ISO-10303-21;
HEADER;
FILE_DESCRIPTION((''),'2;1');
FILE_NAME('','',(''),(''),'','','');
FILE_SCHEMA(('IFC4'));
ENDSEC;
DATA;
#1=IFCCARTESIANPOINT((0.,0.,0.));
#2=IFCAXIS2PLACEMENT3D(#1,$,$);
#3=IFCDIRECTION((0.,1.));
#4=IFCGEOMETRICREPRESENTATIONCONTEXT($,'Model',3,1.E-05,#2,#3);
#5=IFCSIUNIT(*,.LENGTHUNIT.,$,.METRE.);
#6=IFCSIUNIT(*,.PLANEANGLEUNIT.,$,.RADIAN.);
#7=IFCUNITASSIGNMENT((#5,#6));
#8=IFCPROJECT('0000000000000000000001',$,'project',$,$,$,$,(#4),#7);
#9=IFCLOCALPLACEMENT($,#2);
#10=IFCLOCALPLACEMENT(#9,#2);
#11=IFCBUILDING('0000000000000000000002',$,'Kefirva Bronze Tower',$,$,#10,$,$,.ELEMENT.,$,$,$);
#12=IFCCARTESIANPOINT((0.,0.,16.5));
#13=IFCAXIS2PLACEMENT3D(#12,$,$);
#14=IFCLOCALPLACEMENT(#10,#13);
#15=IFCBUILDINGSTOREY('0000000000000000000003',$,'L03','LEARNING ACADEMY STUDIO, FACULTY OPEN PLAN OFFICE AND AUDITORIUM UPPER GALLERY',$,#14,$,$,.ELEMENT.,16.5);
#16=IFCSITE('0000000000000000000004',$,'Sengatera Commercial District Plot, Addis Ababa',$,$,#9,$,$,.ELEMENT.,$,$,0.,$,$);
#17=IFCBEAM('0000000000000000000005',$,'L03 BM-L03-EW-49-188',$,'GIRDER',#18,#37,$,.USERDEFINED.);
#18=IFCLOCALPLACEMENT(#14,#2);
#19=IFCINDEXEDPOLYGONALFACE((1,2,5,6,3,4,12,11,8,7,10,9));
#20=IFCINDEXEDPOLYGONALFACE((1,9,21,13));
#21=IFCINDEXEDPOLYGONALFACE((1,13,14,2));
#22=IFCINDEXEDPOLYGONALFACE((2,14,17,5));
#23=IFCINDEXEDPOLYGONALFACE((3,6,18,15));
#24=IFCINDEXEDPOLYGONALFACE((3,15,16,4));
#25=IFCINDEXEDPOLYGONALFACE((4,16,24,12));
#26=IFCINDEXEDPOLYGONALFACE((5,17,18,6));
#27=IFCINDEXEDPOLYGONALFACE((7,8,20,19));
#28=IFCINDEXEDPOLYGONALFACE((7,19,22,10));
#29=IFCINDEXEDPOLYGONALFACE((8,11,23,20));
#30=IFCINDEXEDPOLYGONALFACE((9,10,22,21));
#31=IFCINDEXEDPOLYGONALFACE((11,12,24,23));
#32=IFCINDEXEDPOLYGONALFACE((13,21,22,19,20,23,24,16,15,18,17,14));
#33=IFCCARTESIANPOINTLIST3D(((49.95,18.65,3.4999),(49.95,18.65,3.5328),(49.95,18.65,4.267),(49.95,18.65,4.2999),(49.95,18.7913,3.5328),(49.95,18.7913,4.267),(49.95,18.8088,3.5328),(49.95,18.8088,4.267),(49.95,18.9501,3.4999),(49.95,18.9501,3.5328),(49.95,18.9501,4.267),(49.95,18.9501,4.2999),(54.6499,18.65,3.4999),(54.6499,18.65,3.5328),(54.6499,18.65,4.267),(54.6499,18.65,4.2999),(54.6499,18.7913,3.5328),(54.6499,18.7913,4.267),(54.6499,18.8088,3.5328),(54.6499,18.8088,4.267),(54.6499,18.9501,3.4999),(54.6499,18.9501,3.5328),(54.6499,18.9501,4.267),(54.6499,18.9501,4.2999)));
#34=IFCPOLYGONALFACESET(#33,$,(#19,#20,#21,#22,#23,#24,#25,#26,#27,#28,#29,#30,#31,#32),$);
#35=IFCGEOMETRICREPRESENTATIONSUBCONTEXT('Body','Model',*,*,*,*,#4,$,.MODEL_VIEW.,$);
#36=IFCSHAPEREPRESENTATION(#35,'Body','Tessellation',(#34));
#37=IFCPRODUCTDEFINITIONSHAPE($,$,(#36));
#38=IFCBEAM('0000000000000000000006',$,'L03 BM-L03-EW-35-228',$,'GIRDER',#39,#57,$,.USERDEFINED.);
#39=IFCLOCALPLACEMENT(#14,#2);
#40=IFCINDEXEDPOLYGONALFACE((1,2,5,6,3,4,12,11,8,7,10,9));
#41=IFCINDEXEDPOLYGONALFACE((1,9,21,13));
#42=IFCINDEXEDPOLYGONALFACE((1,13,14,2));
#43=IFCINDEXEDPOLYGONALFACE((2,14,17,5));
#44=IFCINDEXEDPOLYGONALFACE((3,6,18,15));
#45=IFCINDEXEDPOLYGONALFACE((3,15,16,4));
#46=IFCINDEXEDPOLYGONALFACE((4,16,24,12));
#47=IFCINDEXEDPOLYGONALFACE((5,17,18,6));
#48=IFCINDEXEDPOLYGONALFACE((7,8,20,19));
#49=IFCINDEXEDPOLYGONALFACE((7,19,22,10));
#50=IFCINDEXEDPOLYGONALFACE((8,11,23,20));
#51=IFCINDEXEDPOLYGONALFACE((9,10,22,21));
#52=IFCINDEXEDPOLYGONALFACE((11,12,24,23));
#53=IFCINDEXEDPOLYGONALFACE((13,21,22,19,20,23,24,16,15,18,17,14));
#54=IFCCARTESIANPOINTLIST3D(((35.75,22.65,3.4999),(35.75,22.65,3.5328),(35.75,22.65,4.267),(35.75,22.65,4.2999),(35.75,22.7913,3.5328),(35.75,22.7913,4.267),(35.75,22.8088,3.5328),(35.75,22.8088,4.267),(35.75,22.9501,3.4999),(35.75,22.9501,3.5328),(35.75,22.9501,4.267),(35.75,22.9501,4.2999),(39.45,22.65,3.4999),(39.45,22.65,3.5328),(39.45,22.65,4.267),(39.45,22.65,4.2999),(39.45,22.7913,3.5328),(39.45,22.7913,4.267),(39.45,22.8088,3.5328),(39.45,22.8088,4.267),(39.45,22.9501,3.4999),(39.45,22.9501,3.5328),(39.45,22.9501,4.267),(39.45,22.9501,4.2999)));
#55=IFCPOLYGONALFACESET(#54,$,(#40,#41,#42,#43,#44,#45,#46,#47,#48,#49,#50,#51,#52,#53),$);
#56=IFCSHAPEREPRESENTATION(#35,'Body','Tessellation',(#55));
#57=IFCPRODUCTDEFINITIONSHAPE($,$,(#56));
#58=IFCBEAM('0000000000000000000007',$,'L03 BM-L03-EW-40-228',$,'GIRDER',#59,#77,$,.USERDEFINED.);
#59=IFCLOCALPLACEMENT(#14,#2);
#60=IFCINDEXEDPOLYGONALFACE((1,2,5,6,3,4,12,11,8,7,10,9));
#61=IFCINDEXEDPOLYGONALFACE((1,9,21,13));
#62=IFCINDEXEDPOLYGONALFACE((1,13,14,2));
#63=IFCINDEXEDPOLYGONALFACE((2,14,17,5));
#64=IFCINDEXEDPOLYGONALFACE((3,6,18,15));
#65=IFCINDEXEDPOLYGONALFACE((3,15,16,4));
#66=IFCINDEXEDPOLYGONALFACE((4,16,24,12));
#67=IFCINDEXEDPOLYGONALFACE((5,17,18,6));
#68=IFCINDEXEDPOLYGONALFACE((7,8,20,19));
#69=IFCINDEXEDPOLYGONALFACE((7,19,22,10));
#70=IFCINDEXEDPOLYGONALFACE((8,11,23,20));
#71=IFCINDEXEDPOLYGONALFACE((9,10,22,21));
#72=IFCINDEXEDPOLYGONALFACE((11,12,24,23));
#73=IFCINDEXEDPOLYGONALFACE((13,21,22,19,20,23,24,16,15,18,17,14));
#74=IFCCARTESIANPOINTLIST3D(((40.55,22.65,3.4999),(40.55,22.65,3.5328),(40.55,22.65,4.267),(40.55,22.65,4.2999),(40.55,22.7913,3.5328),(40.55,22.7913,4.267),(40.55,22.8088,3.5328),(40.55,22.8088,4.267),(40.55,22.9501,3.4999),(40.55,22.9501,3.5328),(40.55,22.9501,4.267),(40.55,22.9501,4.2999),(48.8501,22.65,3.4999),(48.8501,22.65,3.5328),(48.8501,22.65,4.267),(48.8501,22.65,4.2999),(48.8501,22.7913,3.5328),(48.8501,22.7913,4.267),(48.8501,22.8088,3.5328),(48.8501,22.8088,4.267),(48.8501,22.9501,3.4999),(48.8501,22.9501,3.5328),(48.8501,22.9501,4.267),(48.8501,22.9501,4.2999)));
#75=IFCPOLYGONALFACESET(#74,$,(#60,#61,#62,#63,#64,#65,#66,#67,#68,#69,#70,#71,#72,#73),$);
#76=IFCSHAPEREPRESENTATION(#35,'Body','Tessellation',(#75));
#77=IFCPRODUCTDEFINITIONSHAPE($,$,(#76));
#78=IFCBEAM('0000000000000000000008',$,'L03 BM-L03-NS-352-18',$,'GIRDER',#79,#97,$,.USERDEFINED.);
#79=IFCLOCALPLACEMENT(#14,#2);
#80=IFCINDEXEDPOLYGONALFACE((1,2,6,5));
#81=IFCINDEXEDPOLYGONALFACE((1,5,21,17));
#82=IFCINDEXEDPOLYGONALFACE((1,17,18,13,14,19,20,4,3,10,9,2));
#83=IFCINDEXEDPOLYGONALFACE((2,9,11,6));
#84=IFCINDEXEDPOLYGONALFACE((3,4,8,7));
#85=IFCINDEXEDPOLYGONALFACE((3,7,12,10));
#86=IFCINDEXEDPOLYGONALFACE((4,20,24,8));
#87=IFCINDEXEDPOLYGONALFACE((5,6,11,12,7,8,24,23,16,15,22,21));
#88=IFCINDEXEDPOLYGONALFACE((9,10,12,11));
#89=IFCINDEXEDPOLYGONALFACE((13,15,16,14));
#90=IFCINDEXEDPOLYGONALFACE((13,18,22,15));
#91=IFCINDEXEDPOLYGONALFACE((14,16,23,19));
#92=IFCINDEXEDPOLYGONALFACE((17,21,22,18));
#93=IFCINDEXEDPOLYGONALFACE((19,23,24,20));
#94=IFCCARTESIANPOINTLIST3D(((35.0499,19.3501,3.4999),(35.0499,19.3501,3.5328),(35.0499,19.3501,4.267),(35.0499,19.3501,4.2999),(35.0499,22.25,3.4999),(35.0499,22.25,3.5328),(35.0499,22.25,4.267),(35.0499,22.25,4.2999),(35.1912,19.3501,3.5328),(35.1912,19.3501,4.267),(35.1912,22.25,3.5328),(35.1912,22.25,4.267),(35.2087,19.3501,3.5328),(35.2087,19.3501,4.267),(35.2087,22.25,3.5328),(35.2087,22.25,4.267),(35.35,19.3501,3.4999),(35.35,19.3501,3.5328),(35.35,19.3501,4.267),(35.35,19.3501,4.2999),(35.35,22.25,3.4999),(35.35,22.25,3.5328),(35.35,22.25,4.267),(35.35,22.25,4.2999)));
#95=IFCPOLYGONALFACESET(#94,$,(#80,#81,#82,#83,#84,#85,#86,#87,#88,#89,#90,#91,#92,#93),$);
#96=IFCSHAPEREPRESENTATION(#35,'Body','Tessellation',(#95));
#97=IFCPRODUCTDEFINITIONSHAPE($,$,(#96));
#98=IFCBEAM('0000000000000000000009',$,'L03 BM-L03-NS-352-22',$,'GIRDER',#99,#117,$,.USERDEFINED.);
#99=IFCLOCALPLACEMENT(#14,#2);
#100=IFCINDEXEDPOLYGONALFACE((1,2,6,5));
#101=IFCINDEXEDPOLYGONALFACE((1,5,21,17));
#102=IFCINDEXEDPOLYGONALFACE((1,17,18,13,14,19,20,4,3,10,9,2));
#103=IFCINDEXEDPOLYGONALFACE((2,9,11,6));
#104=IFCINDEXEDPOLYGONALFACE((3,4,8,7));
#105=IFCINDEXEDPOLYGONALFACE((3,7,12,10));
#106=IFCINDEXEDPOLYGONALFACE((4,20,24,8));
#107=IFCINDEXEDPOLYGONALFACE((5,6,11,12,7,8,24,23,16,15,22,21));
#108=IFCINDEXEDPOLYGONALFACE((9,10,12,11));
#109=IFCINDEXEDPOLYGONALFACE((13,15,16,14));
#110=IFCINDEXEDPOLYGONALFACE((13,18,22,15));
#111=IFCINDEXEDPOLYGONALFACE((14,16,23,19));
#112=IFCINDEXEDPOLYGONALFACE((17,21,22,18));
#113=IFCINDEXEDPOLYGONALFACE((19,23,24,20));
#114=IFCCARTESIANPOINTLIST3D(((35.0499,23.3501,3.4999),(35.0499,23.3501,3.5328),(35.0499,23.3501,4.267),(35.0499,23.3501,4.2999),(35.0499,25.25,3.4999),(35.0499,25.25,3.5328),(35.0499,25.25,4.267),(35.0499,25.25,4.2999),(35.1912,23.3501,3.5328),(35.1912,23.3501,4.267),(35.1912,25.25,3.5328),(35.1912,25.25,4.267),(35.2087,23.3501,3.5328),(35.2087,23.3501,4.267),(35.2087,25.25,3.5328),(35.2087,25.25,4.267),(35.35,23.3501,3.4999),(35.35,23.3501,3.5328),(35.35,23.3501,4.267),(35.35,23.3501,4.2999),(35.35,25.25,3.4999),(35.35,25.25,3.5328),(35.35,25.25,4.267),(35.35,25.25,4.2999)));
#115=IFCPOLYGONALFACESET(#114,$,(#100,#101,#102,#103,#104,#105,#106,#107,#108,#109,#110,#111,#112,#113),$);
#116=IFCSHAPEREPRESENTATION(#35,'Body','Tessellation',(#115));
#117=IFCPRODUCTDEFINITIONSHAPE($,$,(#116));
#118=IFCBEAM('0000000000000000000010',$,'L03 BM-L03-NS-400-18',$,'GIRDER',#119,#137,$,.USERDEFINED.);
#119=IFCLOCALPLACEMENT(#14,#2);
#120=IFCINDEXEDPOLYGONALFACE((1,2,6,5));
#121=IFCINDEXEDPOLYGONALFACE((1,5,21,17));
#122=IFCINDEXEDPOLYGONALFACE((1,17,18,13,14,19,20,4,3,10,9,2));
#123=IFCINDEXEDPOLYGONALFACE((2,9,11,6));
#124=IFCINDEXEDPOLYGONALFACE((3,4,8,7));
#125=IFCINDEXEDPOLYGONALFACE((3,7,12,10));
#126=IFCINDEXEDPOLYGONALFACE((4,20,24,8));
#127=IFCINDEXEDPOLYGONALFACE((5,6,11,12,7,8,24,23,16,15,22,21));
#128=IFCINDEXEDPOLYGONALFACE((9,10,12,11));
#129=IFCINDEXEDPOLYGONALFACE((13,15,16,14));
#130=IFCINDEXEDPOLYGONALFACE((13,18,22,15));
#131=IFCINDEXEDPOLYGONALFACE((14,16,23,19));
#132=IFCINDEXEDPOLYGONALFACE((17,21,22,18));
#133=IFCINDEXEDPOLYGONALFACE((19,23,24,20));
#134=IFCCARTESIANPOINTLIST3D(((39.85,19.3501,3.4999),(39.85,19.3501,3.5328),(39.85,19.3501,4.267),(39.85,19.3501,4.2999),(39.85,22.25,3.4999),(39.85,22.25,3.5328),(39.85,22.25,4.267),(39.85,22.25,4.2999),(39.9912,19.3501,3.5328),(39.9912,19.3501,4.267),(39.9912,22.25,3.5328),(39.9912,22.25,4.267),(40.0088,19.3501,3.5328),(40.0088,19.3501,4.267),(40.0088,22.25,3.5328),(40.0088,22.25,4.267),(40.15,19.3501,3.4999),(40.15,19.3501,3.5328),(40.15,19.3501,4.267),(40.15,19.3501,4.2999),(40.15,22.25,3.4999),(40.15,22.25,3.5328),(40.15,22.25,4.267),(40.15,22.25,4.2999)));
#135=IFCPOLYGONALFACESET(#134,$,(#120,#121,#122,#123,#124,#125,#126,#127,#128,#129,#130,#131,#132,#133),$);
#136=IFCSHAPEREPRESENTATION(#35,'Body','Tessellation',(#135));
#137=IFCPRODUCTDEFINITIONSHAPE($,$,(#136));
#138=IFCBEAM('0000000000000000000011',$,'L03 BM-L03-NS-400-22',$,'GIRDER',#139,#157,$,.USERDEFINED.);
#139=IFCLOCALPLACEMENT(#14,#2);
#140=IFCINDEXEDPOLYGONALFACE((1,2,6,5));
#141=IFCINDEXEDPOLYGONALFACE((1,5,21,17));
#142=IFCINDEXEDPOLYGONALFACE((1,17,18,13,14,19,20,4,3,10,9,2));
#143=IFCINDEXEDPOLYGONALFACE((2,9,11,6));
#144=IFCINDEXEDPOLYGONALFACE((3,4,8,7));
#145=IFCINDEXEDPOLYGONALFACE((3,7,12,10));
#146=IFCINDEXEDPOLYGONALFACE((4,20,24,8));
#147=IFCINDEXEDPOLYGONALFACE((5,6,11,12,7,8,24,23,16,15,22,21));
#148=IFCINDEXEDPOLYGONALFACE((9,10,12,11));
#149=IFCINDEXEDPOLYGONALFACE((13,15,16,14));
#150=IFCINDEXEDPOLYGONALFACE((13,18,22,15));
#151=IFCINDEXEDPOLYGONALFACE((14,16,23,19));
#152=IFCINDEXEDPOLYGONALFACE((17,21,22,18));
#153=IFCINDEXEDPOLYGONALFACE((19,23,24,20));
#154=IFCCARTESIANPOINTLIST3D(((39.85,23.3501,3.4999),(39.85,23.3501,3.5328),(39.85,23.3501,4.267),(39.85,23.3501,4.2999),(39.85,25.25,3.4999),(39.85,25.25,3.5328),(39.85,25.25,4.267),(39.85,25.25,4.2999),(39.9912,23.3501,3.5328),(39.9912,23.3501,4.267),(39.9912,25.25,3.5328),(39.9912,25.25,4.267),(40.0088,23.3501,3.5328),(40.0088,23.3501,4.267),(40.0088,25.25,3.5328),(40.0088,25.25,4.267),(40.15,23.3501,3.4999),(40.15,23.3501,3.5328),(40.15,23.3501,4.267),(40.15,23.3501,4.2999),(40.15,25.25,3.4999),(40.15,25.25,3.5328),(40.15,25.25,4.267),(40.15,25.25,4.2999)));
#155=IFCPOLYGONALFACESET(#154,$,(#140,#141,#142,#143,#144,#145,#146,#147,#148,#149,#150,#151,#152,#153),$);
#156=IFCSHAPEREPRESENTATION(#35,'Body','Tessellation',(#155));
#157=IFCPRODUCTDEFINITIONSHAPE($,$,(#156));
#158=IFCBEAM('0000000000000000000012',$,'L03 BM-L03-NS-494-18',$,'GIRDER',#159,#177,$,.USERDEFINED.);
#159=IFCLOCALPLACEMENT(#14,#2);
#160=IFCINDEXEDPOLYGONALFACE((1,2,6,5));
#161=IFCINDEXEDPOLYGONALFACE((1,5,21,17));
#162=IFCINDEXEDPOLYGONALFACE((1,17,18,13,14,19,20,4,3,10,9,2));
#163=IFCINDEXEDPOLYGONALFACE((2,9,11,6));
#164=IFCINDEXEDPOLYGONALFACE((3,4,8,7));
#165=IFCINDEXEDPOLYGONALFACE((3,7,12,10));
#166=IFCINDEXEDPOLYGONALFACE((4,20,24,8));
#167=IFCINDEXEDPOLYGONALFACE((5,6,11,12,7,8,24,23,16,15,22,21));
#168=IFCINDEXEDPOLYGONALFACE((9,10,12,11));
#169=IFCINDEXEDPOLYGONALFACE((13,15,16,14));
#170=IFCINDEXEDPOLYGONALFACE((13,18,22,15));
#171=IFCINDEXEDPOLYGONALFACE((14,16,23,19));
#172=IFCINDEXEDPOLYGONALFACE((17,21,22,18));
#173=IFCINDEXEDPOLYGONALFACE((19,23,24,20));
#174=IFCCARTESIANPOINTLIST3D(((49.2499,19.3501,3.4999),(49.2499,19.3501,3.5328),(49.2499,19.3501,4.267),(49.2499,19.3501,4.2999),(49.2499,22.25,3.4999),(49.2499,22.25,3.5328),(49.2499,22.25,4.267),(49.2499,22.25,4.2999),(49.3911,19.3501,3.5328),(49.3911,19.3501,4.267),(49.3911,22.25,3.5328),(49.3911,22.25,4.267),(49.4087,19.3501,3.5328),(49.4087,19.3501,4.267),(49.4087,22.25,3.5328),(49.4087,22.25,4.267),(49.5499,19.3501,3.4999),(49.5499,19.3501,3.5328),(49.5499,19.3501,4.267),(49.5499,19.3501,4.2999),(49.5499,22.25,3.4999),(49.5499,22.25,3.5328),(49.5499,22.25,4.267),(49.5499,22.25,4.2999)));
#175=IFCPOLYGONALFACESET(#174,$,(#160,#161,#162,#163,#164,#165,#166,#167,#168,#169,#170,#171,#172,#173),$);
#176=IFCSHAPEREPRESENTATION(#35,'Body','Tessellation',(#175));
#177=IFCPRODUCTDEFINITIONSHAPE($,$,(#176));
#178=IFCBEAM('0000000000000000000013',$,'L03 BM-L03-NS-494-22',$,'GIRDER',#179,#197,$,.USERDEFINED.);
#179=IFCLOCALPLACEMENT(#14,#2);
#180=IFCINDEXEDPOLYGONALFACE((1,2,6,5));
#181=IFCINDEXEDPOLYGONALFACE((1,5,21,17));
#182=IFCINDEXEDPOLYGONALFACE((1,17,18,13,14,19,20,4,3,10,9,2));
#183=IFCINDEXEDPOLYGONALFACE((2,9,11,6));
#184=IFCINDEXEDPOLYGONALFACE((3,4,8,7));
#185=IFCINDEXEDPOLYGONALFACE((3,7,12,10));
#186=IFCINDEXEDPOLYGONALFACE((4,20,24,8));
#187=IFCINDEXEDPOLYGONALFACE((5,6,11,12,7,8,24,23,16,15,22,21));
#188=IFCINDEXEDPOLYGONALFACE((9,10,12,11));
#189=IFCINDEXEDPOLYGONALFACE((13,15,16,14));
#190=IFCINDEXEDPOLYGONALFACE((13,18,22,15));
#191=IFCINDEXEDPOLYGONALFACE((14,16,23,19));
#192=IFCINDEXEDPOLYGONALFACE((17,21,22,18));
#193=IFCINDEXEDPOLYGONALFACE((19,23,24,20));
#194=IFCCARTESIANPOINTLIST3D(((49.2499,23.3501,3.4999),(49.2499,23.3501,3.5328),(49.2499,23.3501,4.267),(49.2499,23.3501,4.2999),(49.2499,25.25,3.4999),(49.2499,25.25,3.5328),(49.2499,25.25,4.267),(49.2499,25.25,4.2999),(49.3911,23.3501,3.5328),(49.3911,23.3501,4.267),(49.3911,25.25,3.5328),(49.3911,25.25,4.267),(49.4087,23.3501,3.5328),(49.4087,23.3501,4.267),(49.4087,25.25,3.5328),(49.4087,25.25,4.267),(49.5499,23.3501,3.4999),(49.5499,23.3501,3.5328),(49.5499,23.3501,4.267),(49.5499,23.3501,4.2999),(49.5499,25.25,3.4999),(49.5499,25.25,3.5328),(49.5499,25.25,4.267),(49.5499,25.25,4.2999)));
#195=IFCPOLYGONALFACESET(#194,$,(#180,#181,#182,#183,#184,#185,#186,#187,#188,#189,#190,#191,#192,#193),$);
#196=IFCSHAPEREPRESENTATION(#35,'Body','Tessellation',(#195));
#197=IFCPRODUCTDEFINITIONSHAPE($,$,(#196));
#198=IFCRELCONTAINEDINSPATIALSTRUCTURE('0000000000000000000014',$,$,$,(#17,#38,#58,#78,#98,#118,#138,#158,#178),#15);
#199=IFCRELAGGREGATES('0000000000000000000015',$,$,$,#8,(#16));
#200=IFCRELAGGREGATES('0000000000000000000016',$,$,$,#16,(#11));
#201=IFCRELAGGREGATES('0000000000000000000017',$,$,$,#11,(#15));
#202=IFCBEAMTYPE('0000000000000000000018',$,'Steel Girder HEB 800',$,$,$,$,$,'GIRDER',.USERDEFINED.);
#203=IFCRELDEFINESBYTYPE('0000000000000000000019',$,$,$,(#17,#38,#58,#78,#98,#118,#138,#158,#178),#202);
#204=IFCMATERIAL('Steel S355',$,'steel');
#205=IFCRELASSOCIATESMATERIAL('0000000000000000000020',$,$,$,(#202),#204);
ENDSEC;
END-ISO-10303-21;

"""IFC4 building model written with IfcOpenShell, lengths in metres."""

from ifc_helpers import new_model, si_unit, direction, frame, origin, origin_2d, place, context, subcontext, project, spatial, i_section, extrude, material, material_profile, profile_set, type_object, element, save


model = new_model("IFC4")

# Units and contexts
model_context = context("Model", 3, precision=1e-05, world=origin(), true_north=direction((0.0, 1.0)))
body_context = subcontext(model_context, "Body", "Model", "MODEL_VIEW")
ifc_project = project(units=[si_unit("LENGTHUNIT", "METRE"), si_unit("PLANEANGLEUNIT", "RADIAN")], contexts=[model_context])

# Site, building, storey
site_placement = place(None, origin())
site = spatial("IfcSite", under=ifc_project, at=site_placement, Name="Sengatera Commercial District Plot, Addis Ababa", CompositionType="ELEMENT", RefElevation=0.0)
building_placement = place(site_placement, origin())
building = spatial("IfcBuilding", under=site, at=building_placement, Name="Kefirva Bronze Tower", CompositionType="ELEMENT")
storey_placement = place(building_placement, frame((0.0, 0.0, 16.5)))
storey = spatial("IfcBuildingStorey", under=building, at=storey_placement, Name="L03", Description="LEARNING ACADEMY STUDIO, FACULTY OPEN PLAN OFFICE AND AUDITORIUM UPPER GALLERY", CompositionType="ELEMENT", Elevation=16.5)

# Beams
ifc_material_1 = material(Name="Steel S355", Category="steel")
ifc_material_profile_1 = material_profile(ifc_material_1, i_section(OverallWidth=0.3, OverallDepth=0.8, WebThickness=0.0176, FlangeThickness=0.033, at=origin_2d()), Name="HEB 800")
ifc_profile_set_1 = profile_set([ifc_material_profile_1], Name="Steel S355")
beam_type = type_object("IfcBeamType", Name="Steel Girder HEB 800", ElementType="GIRDER", PredefinedType="USERDEFINED", material=ifc_profile_set_1)
beam_1_placement = place(storey_placement, frame((49.95, 18.8, 3.8999), z_axis=(1.0, 0.0, 0.0), x_axis=(0.0, 1.0, 0.0)))
element("IfcBeam", 1, at=beam_1_placement, inside=storey, type_object=beam_type, Name="L03 BM-L03-EW-49-188", ObjectType="GIRDER", PredefinedType="USERDEFINED", context=body_context, shape_type="SweptSolid", body=[
    extrude(i_section(OverallWidth=0.3, OverallDepth=0.8, WebThickness=0.0176, FlangeThickness=0.033, at=origin_2d()), origin(), (0.0, 0.0, 1.0), 4.7),
])
beam_2_placement = place(storey_placement, frame((35.75, 22.8, 3.8999), z_axis=(1.0, 0.0, 0.0), x_axis=(0.0, 1.0, 0.0)))
element("IfcBeam", 2, at=beam_2_placement, inside=storey, type_object=beam_type, Name="L03 BM-L03-EW-35-228", ObjectType="GIRDER", PredefinedType="USERDEFINED", context=body_context, shape_type="SweptSolid", body=[
    extrude(i_section(OverallWidth=0.3, OverallDepth=0.8, WebThickness=0.0176, FlangeThickness=0.033, at=origin_2d()), origin(), (0.0, 0.0, 1.0), 3.7),
])
beam_3_placement = place(storey_placement, frame((40.55, 22.8, 3.8999), z_axis=(1.0, 0.0, 0.0), x_axis=(0.0, 1.0, 0.0)))
element("IfcBeam", 3, at=beam_3_placement, inside=storey, type_object=beam_type, Name="L03 BM-L03-EW-40-228", ObjectType="GIRDER", PredefinedType="USERDEFINED", context=body_context, shape_type="SweptSolid", body=[
    extrude(i_section(OverallWidth=0.3, OverallDepth=0.8, WebThickness=0.0176, FlangeThickness=0.033, at=origin_2d()), origin(), (0.0, 0.0, 1.0), 8.3),
])
beam_4_placement = place(storey_placement, frame((35.2, 19.3501, 3.8999), z_axis=(0.0, 1.0, 0.0), x_axis=(-1.0, 0.0, 0.0)))
element("IfcBeam", 4, at=beam_4_placement, inside=storey, type_object=beam_type, Name="L03 BM-L03-NS-352-18", ObjectType="GIRDER", PredefinedType="USERDEFINED", context=body_context, shape_type="SweptSolid", body=[
    extrude(i_section(OverallWidth=0.3, OverallDepth=0.8, WebThickness=0.0176, FlangeThickness=0.033, at=origin_2d()), origin(), (0.0, 0.0, 1.0), 2.8999),
])
beam_5_placement = place(storey_placement, frame((35.2, 23.3501, 3.8999), z_axis=(0.0, 1.0, 0.0), x_axis=(-1.0, 0.0, 0.0)))
element("IfcBeam", 5, at=beam_5_placement, inside=storey, type_object=beam_type, Name="L03 BM-L03-NS-352-22", ObjectType="GIRDER", PredefinedType="USERDEFINED", context=body_context, shape_type="SweptSolid", body=[
    extrude(i_section(OverallWidth=0.3, OverallDepth=0.8, WebThickness=0.0176, FlangeThickness=0.033, at=origin_2d()), origin(), (0.0, 0.0, 1.0), 1.8999),
])
beam_6_placement = place(storey_placement, frame((40.0, 19.3501, 3.8999), z_axis=(0.0, 1.0, 0.0), x_axis=(-1.0, 0.0, 0.0)))
element("IfcBeam", 6, at=beam_6_placement, inside=storey, type_object=beam_type, Name="L03 BM-L03-NS-400-18", ObjectType="GIRDER", PredefinedType="USERDEFINED", context=body_context, shape_type="SweptSolid", body=[
    extrude(i_section(OverallWidth=0.3, OverallDepth=0.8, WebThickness=0.0176, FlangeThickness=0.033, at=origin_2d()), origin(), (0.0, 0.0, 1.0), 2.8999),
])
beam_7_placement = place(storey_placement, frame((40.0, 23.3501, 3.8999), z_axis=(0.0, 1.0, 0.0), x_axis=(-1.0, 0.0, 0.0)))
element("IfcBeam", 7, at=beam_7_placement, inside=storey, type_object=beam_type, Name="L03 BM-L03-NS-400-22", ObjectType="GIRDER", PredefinedType="USERDEFINED", context=body_context, shape_type="SweptSolid", body=[
    extrude(i_section(OverallWidth=0.3, OverallDepth=0.8, WebThickness=0.0176, FlangeThickness=0.033, at=origin_2d()), origin(), (0.0, 0.0, 1.0), 1.8999),
])
beam_8_placement = place(storey_placement, frame((49.3999, 19.3501, 3.8999), z_axis=(0.0, 1.0, 0.0), x_axis=(-1.0, 0.0, 0.0)))
element("IfcBeam", 8, at=beam_8_placement, inside=storey, type_object=beam_type, Name="L03 BM-L03-NS-494-18", ObjectType="GIRDER", PredefinedType="USERDEFINED", context=body_context, shape_type="SweptSolid", body=[
    extrude(i_section(OverallWidth=0.3, OverallDepth=0.8, WebThickness=0.0176, FlangeThickness=0.033, at=origin_2d()), origin(), (0.0, 0.0, 1.0), 2.8999),
])
beam_9_placement = place(storey_placement, frame((49.3999, 23.3501, 3.8999), z_axis=(0.0, 1.0, 0.0), x_axis=(-1.0, 0.0, 0.0)))
element("IfcBeam", 9, at=beam_9_placement, inside=storey, type_object=beam_type, Name="L03 BM-L03-NS-494-22", ObjectType="GIRDER", PredefinedType="USERDEFINED", context=body_context, shape_type="SweptSolid", body=[
    extrude(i_section(OverallWidth=0.3, OverallDepth=0.8, WebThickness=0.0176, FlangeThickness=0.033, at=origin_2d()), origin(), (0.0, 0.0, 1.0), 1.8999),
])

save(model, "model.ifc")
